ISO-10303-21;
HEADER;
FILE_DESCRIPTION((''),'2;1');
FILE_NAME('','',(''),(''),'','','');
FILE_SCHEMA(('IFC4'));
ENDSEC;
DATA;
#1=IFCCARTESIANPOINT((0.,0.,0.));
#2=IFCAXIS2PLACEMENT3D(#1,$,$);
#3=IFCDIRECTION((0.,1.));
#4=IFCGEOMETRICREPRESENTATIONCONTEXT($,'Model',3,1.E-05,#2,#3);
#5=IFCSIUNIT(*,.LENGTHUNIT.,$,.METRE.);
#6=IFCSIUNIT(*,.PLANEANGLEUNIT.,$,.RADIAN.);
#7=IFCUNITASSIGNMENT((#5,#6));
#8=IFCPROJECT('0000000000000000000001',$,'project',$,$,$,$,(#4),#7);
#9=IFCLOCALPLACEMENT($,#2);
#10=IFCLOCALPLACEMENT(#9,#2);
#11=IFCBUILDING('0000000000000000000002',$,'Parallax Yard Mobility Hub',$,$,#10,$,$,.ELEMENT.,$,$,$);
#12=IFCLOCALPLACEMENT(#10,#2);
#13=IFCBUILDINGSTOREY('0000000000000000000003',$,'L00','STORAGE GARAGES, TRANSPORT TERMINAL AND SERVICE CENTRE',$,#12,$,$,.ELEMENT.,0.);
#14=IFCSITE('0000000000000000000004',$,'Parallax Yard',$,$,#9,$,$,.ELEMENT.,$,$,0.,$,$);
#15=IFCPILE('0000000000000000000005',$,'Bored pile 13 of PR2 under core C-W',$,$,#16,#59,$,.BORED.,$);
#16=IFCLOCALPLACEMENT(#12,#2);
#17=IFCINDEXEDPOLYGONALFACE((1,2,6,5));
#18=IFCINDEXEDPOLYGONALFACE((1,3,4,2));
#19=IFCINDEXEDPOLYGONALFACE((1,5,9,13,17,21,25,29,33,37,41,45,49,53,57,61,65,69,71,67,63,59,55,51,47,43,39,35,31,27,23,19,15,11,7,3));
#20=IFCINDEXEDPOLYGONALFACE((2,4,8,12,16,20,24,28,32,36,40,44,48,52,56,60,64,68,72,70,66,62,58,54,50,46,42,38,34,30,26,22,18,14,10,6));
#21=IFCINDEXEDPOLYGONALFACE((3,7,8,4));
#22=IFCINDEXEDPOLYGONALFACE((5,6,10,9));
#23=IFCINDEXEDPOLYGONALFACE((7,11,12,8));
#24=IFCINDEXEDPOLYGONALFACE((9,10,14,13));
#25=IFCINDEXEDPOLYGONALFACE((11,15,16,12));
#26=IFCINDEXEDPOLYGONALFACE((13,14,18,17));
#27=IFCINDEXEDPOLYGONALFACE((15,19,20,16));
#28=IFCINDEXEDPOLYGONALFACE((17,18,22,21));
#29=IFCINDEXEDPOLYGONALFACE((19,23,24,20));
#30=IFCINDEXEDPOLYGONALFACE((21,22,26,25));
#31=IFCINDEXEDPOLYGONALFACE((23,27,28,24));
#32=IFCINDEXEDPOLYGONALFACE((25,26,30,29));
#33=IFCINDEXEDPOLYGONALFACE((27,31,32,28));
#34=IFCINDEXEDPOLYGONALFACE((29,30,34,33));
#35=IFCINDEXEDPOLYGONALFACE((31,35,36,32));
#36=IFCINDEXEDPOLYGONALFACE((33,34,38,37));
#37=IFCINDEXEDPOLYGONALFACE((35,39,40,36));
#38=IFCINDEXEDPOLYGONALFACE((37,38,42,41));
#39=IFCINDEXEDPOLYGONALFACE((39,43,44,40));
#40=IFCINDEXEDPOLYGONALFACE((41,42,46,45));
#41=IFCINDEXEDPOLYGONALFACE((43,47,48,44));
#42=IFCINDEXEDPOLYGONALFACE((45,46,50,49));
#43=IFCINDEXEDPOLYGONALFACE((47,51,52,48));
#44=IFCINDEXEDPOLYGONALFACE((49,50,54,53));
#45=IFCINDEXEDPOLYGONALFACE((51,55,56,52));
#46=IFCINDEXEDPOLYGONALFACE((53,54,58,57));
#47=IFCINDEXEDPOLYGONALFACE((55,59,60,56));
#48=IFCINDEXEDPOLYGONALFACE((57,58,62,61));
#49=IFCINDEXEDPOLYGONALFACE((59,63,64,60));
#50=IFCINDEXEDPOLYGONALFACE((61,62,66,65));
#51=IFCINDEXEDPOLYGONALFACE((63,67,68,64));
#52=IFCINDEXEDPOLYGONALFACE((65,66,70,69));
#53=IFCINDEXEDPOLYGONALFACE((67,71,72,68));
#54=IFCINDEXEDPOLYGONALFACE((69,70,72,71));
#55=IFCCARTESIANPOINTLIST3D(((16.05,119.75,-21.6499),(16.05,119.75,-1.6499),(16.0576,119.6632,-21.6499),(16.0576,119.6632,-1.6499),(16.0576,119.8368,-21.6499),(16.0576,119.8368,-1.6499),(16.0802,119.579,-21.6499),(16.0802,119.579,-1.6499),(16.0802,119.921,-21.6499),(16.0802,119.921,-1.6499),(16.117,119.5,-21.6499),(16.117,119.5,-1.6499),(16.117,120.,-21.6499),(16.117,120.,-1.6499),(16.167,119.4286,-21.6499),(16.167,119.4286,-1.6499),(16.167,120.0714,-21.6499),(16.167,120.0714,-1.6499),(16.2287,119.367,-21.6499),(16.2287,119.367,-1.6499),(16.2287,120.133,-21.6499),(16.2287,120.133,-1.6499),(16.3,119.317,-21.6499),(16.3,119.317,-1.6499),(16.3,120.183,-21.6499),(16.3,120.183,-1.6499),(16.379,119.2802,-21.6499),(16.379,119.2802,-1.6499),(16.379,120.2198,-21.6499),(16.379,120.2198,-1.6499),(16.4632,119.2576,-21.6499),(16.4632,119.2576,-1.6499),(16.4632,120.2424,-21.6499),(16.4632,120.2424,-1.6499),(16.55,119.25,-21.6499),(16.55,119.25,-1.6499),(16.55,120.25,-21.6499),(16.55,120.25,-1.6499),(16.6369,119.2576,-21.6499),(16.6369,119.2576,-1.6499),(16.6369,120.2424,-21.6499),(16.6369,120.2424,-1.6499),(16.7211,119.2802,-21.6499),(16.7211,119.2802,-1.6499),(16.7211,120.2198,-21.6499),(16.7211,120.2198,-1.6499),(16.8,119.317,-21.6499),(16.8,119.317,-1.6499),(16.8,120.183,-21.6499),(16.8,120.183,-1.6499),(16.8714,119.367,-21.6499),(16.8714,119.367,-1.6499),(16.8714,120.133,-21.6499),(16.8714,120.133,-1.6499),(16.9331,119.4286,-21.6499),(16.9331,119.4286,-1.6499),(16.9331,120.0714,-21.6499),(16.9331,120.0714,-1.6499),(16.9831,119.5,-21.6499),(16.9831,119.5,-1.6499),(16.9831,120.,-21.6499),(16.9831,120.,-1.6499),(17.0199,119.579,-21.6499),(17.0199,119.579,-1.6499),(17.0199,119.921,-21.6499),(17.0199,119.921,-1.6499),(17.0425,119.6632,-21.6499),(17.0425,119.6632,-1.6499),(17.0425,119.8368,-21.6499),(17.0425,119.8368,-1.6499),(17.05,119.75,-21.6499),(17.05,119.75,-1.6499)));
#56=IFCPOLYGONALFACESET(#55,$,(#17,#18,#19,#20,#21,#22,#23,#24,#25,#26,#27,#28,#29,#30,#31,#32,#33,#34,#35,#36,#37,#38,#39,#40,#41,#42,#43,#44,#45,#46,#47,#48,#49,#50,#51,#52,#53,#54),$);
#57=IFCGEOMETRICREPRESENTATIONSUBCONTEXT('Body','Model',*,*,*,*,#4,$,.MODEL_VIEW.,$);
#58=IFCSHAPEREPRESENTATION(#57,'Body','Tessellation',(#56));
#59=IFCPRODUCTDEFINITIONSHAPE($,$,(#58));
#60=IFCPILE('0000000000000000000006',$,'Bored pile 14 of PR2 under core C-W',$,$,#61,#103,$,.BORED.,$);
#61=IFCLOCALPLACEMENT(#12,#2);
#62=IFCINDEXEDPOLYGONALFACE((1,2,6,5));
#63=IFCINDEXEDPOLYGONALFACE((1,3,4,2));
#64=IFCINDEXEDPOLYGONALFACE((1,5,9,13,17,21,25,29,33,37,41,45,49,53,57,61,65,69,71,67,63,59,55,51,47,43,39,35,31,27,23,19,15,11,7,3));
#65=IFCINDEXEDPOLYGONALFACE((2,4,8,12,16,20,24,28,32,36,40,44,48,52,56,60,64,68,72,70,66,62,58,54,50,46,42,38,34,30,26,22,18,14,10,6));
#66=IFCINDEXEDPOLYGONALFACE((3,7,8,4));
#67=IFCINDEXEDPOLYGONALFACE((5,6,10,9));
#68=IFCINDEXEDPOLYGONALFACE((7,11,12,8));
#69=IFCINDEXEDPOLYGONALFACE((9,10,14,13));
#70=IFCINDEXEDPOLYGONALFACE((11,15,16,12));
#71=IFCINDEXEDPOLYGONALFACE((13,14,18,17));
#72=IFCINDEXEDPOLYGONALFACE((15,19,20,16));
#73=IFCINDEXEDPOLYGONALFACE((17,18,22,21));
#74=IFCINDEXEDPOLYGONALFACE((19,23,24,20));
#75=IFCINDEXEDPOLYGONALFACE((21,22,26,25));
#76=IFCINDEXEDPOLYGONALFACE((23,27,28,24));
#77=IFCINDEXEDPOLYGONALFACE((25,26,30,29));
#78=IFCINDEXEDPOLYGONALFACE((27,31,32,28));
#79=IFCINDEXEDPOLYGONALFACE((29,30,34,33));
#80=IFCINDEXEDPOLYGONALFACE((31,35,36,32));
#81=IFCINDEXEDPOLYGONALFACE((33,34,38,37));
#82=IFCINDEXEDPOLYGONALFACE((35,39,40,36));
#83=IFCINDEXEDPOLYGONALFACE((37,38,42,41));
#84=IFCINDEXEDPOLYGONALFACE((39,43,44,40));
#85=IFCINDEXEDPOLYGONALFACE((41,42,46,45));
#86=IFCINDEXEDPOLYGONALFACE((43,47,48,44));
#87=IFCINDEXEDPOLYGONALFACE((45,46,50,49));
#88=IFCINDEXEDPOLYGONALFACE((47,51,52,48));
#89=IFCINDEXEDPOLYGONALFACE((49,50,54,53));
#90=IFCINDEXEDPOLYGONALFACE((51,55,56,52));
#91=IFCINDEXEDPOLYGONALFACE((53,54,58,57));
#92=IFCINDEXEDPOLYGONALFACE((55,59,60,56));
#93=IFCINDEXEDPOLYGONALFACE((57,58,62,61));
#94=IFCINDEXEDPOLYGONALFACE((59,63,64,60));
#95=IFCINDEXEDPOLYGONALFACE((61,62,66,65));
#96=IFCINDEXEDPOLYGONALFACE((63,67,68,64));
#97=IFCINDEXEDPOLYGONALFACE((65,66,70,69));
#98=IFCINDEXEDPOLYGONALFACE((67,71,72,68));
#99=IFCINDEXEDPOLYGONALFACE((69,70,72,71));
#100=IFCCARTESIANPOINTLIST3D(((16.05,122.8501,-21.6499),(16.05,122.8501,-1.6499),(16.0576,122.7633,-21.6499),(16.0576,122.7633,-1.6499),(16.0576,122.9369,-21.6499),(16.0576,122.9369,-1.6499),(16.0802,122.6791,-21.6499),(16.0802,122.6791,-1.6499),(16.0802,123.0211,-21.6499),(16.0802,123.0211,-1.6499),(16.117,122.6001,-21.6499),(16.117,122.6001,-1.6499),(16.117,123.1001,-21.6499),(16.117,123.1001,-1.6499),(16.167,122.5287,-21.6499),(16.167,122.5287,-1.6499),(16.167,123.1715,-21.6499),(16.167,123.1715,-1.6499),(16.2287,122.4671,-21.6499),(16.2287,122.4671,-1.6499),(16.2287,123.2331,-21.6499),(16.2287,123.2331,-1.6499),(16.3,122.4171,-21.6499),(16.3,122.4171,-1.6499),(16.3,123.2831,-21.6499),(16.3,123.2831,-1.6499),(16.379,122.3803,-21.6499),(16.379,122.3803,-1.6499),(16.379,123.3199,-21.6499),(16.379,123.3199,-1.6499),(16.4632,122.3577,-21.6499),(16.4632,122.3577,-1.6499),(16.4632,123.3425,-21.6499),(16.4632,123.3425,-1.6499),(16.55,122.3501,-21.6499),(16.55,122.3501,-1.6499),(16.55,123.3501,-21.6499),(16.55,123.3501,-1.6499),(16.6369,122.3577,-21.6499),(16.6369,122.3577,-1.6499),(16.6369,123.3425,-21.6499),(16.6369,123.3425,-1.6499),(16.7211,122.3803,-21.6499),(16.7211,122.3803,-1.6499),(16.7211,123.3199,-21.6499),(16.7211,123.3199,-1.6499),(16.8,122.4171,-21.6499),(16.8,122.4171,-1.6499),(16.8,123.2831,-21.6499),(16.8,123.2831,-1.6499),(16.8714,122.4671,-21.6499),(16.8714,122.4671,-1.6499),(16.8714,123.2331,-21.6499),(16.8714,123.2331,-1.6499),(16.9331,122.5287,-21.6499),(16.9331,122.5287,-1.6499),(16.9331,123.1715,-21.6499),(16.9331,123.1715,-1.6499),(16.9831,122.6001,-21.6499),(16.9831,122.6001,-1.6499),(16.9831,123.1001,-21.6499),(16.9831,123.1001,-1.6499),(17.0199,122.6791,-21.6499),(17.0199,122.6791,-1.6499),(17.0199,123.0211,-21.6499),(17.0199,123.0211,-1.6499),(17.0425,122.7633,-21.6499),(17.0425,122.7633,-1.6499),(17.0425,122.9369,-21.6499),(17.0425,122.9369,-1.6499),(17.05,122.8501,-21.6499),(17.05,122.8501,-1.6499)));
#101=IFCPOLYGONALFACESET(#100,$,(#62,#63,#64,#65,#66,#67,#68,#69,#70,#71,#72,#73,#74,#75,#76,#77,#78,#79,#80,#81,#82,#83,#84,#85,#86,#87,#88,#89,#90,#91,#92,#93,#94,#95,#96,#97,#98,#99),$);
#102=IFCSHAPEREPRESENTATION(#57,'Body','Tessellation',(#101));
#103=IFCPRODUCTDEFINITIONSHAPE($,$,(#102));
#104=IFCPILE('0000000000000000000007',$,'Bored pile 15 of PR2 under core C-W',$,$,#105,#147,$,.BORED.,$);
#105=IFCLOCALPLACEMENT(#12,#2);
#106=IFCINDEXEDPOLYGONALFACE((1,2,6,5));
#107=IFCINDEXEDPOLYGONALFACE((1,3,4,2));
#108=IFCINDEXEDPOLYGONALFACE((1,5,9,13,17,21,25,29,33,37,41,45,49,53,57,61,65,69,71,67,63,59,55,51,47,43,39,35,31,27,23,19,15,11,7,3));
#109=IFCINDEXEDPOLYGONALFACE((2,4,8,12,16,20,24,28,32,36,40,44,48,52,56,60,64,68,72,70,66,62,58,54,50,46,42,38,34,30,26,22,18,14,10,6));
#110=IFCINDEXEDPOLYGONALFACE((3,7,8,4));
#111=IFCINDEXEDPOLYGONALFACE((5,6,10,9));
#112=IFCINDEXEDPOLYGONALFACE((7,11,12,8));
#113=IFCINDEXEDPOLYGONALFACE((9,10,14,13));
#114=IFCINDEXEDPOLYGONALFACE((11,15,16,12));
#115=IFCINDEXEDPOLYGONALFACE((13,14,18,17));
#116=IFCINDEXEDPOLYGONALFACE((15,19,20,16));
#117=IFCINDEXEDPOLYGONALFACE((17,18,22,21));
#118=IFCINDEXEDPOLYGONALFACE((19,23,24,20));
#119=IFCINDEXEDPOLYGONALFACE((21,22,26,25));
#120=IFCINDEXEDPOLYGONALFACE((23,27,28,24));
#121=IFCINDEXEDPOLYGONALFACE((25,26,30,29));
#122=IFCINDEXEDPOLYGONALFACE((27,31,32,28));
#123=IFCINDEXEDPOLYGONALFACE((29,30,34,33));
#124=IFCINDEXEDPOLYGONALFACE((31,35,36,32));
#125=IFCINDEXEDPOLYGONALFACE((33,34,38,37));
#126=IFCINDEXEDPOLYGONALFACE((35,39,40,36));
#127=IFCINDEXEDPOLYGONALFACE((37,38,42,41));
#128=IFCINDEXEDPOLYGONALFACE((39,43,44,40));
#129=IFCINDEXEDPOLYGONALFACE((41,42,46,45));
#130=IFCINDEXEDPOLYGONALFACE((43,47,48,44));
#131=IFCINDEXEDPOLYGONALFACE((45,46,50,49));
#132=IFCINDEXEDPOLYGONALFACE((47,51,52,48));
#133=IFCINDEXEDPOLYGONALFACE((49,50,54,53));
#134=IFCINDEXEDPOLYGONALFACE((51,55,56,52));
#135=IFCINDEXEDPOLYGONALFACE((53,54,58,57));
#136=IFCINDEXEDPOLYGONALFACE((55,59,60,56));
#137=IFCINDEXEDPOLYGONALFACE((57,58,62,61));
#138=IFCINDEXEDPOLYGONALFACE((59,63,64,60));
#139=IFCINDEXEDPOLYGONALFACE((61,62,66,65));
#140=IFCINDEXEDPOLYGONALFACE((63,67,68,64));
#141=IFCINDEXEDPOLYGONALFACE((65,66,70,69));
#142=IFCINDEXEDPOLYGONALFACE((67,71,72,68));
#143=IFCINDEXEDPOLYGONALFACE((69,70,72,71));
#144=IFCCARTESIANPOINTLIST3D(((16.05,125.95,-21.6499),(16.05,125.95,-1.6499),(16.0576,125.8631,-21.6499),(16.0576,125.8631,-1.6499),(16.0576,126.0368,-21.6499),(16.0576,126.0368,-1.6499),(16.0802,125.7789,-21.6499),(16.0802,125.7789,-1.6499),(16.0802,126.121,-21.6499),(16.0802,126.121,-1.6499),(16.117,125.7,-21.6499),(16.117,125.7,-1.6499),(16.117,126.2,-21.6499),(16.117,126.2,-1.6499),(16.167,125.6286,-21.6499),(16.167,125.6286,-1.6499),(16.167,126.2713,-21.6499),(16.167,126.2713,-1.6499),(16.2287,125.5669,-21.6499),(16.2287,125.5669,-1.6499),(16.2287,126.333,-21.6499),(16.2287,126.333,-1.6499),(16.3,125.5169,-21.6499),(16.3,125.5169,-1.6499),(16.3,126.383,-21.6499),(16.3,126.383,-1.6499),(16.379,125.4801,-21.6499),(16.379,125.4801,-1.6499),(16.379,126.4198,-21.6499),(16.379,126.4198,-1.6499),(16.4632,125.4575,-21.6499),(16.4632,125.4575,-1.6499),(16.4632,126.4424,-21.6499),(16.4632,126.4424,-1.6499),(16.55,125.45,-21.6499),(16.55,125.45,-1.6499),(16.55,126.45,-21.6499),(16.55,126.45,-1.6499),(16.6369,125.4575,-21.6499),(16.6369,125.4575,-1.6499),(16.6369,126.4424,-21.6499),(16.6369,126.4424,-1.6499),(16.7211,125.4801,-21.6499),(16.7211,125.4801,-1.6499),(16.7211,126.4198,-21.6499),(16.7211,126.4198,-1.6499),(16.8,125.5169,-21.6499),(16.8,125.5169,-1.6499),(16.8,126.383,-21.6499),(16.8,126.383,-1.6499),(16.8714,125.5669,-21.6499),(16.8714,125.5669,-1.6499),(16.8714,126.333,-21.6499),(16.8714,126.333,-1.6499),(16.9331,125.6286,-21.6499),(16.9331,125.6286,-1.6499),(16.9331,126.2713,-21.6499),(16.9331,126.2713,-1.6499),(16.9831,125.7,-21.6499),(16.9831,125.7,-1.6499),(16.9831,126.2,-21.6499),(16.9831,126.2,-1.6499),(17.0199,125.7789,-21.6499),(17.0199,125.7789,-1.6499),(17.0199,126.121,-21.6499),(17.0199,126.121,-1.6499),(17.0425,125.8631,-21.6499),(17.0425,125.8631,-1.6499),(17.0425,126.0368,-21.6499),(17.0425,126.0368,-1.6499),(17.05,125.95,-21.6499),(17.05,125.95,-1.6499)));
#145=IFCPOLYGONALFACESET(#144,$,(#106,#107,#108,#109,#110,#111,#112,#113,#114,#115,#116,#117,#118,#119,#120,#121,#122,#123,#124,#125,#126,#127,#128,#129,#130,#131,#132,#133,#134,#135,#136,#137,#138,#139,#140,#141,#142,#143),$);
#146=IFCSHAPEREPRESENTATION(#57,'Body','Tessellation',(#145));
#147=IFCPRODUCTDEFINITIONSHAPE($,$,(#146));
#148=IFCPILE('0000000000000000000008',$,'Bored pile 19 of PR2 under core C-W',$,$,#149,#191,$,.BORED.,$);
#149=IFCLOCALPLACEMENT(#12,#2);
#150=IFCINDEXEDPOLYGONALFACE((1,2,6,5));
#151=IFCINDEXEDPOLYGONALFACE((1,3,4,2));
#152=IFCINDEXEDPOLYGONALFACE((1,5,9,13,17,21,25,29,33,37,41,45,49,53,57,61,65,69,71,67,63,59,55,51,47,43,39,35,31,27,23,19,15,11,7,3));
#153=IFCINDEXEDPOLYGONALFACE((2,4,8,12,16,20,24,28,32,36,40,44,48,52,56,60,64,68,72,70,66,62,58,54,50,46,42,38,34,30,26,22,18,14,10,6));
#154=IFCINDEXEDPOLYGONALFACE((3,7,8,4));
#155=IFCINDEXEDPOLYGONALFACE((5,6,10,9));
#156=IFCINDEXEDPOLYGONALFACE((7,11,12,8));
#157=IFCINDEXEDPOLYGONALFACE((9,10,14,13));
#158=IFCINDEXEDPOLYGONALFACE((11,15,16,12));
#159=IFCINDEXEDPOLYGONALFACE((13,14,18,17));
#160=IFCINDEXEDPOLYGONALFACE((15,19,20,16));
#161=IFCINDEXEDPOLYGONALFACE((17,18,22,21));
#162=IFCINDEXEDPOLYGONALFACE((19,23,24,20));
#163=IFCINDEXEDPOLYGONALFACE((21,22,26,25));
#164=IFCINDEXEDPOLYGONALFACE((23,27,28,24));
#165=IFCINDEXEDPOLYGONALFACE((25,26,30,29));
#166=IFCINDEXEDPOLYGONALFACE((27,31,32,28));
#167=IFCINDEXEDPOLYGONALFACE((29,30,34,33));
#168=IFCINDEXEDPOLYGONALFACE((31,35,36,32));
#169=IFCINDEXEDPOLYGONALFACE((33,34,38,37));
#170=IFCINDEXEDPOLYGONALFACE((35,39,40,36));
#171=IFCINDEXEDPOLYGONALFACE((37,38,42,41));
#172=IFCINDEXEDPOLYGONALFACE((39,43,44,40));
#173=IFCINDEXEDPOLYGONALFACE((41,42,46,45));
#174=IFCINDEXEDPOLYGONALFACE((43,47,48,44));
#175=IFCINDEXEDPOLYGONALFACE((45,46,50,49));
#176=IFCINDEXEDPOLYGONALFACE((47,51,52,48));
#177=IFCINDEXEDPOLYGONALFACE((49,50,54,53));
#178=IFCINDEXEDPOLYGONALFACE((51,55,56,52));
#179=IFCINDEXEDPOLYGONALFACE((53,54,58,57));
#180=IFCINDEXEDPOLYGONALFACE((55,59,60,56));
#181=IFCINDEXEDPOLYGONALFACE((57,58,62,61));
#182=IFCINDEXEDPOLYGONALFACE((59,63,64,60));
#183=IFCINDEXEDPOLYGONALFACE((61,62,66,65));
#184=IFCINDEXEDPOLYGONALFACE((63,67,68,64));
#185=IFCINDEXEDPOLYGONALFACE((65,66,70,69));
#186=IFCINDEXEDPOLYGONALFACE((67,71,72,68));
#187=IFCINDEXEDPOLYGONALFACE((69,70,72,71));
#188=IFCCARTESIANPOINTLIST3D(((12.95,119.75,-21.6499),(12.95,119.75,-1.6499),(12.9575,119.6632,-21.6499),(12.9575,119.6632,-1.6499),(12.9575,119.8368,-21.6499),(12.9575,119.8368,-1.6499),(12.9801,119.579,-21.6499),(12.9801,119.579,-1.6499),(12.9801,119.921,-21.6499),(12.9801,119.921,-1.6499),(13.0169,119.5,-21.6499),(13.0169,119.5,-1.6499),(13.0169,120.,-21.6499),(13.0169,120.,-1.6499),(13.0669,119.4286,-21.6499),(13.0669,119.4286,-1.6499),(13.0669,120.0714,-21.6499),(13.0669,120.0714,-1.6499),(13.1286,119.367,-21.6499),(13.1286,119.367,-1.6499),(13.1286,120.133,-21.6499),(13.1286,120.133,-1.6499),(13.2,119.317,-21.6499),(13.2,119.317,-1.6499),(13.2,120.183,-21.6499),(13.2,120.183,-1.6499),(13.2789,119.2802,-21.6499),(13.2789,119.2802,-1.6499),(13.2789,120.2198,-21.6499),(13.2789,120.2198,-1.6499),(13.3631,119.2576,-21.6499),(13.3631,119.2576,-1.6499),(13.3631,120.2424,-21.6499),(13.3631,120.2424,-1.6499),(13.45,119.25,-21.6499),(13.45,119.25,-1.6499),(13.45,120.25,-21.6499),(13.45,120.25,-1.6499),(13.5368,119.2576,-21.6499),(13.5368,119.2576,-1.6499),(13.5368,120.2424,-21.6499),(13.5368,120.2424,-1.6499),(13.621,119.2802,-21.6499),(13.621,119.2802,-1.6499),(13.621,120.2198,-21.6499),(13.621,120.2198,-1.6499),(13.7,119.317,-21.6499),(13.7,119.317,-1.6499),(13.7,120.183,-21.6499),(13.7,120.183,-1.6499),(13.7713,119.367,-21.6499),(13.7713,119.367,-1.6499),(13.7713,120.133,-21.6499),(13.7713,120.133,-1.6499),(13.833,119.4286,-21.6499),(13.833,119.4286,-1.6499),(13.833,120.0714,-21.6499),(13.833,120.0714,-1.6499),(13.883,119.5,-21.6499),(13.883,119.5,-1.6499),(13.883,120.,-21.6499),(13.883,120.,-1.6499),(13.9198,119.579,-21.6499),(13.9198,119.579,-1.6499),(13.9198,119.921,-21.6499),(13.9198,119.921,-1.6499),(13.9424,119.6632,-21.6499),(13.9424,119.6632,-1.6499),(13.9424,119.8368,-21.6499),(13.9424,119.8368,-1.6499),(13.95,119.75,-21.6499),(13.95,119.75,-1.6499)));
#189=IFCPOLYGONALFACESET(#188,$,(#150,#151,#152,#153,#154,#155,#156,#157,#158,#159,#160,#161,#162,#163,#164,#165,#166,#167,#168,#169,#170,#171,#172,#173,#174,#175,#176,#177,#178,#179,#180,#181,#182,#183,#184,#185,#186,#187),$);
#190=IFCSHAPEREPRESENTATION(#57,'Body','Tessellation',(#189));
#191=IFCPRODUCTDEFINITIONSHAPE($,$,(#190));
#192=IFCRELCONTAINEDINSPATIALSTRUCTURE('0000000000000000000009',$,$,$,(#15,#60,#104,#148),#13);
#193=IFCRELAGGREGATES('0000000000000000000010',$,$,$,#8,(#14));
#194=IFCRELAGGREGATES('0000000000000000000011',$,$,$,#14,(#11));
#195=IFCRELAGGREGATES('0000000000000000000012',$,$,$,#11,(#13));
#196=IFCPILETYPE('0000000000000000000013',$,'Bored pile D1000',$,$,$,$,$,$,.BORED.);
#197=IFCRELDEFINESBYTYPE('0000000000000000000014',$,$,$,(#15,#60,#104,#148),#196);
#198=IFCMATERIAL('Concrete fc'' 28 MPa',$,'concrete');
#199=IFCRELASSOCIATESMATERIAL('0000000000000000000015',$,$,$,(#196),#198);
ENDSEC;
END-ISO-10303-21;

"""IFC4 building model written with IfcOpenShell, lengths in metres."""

from ifc_helpers import new_model, si_unit, direction, frame, origin, origin_2d, place, context, subcontext, project, spatial, circle, extrude, material, material_profile, profile_set, type_object, element, save


model = new_model("IFC4")

# Units and contexts
model_context = context("Model", 3, precision=1e-05, world=origin(), true_north=direction((0.0, 1.0)))
body_context = subcontext(model_context, "Body", "Model", "MODEL_VIEW")
ifc_project = project(units=[si_unit("LENGTHUNIT", "METRE"), si_unit("PLANEANGLEUNIT", "RADIAN")], contexts=[model_context])

# Site, building, storey
site_placement = place(None, origin())
site = spatial("IfcSite", under=ifc_project, at=site_placement, Name="Parallax Yard", CompositionType="ELEMENT", RefElevation=0.0)
building_placement = place(site_placement, origin())
building = spatial("IfcBuilding", under=site, at=building_placement, Name="Parallax Yard Mobility Hub", CompositionType="ELEMENT")
storey_placement = place(building_placement, origin())
storey = spatial("IfcBuildingStorey", under=building, at=storey_placement, Name="L00", Description="STORAGE GARAGES, TRANSPORT TERMINAL AND SERVICE CENTRE", CompositionType="ELEMENT", Elevation=0.0)

# Piles
ifc_material_1 = material(Name="Concrete fc' 28 MPa", Category="concrete")
ifc_material_profile = material_profile(ifc_material_1, circle(Radius=0.5, at=origin_2d()), Name="Bored pile D1000")
ifc_profile_set = profile_set([ifc_material_profile], Name="Concrete fc' 28 MPa")
pile_type = type_object("IfcPileType", Name="Bored pile D1000", PredefinedType="BORED", material=ifc_profile_set)
for number, where, z_axis, x_axis, name in (
    (1, (16.55, 119.75, -1.6499), (0.0, 0.0, -1.0), (1.0, 0.0, 0.0), "Bored pile 13 of PR2 under core C-W"),
    (2, (16.55, 122.8501, -1.6499), (0.0, 0.0, -1.0), (1.0, 0.0, 0.0), "Bored pile 14 of PR2 under core C-W"),
    (3, (16.55, 125.95, -1.6499), (0.0, 0.0, -1.0), (1.0, 0.0, 0.0), "Bored pile 15 of PR2 under core C-W"),
    (4, (13.45, 119.75, -1.6499), (0.0, 0.0, -1.0), (1.0, 0.0, 0.0), "Bored pile 19 of PR2 under core C-W"),
):
    element("IfcPile", number, at=place(storey_placement, frame(where, z_axis=z_axis, x_axis=x_axis)), inside=storey, type_object=pile_type, Name=name, PredefinedType="BORED", context=body_context, shape_type="SweptSolid", body=[
        extrude(circle(Radius=0.5, at=origin_2d()), origin(), (0.0, 0.0, 1.0), 20.0),
    ])

save(model, "model.ifc")
